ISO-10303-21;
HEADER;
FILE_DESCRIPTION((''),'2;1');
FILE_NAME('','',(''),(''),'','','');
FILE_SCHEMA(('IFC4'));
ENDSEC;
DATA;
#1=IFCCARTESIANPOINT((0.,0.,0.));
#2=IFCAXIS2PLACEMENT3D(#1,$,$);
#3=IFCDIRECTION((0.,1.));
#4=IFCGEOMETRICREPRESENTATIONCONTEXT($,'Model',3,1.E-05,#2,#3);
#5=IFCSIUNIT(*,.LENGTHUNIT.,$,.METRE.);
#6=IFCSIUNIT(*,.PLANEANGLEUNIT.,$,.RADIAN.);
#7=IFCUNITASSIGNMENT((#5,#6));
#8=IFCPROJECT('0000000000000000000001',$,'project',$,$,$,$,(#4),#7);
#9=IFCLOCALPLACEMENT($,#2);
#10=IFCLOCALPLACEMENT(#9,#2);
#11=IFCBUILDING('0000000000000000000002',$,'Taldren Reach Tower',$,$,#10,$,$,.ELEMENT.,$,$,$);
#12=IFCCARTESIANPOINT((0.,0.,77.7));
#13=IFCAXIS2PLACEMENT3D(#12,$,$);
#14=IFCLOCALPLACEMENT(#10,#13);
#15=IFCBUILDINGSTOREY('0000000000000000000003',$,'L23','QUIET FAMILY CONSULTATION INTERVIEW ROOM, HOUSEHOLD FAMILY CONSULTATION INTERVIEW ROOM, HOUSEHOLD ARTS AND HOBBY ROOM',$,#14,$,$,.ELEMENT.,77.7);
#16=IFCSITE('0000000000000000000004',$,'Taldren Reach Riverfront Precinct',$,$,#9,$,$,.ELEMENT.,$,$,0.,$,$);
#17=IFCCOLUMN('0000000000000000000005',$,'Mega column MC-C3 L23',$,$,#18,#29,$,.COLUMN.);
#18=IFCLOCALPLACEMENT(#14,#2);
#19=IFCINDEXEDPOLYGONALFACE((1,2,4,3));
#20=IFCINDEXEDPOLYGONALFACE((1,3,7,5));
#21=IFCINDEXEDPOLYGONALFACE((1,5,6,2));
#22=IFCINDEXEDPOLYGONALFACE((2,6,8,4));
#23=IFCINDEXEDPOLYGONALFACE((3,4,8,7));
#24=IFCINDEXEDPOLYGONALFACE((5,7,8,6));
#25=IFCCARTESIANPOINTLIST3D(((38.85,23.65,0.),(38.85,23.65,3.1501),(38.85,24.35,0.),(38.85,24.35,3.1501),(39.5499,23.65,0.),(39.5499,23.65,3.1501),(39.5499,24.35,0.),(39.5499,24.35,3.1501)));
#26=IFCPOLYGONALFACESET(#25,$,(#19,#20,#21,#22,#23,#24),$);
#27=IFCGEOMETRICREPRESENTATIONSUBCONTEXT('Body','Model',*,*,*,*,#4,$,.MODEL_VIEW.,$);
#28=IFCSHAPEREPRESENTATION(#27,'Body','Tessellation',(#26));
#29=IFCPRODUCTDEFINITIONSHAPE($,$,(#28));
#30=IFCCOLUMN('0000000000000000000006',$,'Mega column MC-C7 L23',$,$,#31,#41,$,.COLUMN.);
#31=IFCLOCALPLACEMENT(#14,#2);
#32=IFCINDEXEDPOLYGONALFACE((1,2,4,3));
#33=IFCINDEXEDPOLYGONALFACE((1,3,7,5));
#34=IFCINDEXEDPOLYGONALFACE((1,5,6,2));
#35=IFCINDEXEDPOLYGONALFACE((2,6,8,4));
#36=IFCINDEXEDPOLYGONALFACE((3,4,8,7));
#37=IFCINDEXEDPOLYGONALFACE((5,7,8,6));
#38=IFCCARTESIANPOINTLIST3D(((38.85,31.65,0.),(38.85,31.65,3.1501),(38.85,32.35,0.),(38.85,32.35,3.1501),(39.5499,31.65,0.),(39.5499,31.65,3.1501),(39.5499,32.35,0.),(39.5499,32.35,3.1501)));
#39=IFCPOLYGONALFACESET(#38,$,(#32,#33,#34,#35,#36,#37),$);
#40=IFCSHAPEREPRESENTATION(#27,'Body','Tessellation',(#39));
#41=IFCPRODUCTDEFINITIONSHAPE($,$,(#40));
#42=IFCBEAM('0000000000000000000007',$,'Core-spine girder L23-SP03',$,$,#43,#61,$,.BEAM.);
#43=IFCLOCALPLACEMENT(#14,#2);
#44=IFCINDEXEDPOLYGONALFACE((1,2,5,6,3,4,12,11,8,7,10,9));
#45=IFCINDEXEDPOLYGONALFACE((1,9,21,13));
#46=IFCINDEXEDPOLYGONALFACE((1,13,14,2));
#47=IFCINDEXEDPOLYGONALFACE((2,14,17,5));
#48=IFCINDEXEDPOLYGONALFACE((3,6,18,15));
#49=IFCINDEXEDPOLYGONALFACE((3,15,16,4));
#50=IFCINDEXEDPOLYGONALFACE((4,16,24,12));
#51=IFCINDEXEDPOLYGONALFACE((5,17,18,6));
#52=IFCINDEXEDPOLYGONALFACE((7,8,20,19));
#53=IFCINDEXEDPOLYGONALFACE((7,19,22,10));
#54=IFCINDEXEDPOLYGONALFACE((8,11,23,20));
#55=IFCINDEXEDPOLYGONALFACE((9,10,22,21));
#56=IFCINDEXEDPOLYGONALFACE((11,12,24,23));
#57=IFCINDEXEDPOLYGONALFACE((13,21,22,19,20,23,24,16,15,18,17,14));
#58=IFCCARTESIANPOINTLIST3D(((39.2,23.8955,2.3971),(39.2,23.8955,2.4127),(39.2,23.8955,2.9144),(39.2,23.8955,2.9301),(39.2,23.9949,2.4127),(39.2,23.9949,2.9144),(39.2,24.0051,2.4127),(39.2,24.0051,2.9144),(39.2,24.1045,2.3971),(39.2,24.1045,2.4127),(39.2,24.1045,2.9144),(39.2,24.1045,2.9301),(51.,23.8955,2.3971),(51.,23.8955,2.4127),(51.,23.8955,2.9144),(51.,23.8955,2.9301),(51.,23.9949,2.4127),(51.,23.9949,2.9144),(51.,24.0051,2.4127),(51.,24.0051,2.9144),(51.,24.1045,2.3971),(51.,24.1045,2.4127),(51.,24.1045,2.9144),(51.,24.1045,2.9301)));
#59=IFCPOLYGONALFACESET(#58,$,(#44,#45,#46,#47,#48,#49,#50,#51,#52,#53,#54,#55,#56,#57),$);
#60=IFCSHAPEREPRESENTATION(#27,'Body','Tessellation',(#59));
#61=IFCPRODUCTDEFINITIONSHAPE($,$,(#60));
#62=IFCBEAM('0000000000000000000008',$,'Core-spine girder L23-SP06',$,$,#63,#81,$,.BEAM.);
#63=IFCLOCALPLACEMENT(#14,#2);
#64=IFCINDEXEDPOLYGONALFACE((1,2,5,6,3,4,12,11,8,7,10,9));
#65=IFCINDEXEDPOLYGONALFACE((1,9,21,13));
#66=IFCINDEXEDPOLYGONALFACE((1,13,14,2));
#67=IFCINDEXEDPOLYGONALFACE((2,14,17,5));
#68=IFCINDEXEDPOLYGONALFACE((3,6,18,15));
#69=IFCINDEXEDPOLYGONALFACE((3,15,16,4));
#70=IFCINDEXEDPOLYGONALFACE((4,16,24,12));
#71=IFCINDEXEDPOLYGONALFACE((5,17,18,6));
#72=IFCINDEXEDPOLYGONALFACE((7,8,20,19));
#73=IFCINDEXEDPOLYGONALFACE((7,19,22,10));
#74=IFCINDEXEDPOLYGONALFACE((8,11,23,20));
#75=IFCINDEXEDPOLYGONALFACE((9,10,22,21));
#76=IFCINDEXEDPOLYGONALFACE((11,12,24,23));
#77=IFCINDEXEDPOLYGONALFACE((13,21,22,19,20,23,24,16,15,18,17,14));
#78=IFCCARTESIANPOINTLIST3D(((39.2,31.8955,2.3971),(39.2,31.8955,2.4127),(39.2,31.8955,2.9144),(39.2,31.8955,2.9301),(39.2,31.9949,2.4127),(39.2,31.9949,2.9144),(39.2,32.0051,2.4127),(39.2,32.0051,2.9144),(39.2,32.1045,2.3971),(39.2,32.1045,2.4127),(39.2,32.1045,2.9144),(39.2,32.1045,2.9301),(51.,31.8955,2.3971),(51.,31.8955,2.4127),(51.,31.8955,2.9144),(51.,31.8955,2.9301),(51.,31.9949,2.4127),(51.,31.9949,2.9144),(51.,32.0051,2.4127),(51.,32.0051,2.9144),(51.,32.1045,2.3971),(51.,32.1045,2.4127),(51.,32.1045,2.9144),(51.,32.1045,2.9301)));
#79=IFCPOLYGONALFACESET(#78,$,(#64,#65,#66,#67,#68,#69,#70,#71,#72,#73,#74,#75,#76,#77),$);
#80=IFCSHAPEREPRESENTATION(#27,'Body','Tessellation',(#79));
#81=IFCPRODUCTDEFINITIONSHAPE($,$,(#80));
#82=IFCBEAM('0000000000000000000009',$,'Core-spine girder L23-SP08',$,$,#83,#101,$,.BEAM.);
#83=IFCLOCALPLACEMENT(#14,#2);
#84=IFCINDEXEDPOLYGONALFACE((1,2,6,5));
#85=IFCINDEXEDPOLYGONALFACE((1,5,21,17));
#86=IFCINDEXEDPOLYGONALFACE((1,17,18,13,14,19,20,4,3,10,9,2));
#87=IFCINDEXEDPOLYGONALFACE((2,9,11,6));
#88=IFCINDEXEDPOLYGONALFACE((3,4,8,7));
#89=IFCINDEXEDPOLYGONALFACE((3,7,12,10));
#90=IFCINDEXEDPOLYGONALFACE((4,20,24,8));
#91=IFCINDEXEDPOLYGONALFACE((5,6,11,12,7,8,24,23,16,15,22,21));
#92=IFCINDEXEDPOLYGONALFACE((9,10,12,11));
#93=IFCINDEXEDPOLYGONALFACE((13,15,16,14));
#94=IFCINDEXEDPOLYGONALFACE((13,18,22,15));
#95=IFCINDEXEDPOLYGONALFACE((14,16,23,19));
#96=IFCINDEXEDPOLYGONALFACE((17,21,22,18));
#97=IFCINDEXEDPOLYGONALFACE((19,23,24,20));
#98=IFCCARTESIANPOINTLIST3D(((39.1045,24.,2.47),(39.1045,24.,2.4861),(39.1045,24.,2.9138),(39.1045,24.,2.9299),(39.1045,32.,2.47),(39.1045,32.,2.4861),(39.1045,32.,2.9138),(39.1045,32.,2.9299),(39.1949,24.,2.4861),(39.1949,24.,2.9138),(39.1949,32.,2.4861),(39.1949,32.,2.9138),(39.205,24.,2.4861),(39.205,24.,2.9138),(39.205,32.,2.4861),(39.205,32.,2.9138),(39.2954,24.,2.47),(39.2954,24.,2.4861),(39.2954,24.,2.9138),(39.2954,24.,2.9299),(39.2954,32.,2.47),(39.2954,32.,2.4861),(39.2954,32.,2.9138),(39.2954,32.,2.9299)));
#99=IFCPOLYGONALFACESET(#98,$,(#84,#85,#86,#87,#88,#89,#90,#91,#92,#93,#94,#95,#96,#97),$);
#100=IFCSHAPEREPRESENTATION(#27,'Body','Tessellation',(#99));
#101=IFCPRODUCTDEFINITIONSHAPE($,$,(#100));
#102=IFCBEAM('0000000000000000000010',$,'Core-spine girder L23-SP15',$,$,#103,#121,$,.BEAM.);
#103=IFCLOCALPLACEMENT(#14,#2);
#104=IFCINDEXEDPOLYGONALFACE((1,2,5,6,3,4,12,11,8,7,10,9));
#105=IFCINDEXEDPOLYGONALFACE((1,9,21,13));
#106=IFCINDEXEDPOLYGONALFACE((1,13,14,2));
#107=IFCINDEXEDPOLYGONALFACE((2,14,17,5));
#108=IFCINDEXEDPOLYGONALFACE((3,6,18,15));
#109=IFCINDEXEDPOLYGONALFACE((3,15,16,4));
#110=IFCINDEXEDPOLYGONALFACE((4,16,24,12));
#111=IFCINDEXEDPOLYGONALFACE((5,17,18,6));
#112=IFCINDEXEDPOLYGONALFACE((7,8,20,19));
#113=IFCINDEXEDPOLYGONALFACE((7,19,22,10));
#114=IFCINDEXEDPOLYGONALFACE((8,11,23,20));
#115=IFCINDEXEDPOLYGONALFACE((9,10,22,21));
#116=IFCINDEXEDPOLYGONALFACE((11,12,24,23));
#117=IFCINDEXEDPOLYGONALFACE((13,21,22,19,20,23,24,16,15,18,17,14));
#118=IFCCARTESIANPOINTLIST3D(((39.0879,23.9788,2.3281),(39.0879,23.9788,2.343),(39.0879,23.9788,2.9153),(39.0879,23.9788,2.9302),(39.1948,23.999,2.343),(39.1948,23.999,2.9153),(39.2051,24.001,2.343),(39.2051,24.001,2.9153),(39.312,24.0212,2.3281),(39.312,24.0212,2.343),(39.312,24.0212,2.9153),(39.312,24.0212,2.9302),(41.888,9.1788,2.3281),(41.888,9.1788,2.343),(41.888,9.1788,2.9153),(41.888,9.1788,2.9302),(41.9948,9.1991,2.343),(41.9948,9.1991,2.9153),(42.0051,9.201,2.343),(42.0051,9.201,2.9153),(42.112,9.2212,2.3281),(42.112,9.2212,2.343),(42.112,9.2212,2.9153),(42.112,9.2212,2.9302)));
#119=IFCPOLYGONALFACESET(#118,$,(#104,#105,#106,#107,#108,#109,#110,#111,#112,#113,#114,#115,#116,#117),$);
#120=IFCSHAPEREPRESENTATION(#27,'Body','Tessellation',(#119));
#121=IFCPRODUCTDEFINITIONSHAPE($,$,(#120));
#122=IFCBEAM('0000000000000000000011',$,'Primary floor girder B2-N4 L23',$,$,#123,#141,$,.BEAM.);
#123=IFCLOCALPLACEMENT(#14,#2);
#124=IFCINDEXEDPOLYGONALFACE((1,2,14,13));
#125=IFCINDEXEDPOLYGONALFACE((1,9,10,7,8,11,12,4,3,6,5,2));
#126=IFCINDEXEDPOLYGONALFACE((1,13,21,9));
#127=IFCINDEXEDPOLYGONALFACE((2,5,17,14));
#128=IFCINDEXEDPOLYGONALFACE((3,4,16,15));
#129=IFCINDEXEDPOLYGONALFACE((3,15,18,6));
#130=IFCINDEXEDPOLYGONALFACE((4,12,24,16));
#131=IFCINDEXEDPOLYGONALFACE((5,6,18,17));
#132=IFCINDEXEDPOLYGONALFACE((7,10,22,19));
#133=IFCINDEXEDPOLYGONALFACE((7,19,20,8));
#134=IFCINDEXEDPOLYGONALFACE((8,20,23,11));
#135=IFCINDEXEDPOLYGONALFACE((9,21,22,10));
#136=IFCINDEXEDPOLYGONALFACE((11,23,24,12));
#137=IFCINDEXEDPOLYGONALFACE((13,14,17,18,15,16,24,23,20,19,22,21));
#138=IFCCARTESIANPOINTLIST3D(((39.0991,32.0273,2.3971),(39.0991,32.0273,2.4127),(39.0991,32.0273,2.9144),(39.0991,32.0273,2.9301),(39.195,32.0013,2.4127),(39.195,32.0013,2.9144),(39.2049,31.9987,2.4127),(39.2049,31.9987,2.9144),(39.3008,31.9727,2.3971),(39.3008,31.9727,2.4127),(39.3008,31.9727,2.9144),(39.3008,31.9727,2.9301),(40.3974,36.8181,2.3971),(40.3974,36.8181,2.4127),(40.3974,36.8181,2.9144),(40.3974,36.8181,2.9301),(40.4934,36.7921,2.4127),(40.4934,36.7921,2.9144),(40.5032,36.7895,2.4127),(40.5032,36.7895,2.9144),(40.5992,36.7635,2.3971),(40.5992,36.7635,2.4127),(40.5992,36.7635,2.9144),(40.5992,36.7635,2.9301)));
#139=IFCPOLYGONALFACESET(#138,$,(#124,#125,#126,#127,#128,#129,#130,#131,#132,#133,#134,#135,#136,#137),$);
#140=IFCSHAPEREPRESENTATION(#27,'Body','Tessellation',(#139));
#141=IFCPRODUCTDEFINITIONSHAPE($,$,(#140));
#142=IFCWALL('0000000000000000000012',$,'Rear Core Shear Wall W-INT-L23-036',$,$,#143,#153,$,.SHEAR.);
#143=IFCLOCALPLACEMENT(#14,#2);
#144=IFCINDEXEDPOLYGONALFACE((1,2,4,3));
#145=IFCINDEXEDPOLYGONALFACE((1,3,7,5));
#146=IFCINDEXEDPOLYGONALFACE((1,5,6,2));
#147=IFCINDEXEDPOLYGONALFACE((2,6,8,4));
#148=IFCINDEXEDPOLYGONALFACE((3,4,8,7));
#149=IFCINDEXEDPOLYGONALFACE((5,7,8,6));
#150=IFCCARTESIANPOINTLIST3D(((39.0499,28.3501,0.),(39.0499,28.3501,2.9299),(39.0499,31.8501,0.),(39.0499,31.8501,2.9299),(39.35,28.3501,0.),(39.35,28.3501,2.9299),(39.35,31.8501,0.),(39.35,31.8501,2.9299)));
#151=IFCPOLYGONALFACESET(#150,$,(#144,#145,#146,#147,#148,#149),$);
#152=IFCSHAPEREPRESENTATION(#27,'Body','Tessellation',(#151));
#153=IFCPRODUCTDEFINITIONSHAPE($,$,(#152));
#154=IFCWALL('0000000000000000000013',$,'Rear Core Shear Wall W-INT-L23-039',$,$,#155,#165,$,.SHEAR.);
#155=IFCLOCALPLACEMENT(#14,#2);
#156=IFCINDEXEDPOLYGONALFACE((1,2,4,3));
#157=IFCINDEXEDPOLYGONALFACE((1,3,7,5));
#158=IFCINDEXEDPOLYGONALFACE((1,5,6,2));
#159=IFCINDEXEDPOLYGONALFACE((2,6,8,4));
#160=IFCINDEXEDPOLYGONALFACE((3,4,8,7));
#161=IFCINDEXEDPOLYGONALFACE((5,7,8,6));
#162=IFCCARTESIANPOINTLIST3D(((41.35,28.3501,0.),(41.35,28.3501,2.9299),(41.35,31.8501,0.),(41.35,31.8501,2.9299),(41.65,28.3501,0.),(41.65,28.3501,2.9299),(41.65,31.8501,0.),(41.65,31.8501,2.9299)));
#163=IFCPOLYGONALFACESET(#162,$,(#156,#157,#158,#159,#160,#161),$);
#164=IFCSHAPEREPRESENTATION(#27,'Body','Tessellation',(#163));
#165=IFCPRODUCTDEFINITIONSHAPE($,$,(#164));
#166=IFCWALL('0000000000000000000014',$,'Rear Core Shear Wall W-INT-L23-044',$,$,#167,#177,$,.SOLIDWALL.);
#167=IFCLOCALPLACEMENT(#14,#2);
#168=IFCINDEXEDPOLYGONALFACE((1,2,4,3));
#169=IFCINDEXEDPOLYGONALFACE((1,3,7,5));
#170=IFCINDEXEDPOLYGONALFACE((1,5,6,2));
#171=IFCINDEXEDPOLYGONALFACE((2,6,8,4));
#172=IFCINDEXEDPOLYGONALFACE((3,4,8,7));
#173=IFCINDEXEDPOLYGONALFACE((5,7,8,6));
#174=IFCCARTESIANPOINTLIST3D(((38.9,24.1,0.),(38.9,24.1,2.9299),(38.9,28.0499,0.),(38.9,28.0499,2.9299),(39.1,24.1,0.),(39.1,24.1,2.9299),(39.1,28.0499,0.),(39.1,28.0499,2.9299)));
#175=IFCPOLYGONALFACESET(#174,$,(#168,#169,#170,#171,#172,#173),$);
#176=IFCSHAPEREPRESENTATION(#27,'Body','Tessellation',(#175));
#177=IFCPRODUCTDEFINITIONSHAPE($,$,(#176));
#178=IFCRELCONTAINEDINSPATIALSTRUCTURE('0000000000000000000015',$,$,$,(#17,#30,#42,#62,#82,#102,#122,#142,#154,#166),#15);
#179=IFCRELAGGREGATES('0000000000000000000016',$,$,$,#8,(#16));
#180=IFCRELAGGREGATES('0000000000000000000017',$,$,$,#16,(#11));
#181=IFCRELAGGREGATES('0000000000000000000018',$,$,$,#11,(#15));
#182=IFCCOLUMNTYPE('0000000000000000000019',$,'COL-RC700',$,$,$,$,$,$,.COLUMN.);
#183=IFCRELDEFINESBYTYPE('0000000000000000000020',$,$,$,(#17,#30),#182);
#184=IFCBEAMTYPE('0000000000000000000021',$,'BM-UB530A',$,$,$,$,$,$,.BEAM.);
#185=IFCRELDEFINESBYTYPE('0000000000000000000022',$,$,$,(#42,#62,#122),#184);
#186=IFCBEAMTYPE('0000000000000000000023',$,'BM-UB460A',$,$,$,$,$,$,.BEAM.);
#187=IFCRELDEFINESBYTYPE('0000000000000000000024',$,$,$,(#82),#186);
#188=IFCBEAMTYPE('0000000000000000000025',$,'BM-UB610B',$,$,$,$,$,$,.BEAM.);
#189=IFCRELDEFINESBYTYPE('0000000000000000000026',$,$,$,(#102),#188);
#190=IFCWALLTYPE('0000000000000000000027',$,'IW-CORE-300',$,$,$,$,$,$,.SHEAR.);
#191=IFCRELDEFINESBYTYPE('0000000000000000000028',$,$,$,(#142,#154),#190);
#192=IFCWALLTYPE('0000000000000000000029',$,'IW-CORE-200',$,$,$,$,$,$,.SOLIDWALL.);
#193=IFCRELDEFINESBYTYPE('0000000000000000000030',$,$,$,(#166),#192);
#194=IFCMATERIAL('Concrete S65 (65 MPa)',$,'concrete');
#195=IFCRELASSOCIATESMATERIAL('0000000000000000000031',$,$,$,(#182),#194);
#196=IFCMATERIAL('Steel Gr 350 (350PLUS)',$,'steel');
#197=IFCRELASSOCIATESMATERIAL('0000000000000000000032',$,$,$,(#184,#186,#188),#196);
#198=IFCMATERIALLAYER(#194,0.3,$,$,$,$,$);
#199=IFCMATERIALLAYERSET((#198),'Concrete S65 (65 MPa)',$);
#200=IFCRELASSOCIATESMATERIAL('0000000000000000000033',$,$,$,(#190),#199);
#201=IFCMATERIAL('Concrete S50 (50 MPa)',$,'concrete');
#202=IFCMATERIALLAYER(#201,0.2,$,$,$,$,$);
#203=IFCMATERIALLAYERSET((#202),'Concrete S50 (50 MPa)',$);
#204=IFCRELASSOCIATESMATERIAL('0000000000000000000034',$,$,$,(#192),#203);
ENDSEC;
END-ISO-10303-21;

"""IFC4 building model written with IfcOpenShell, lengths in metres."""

from ifc_helpers import new_model, si_unit, direction, frame, frame_2d, origin, origin_2d, place, context, subcontext, project, spatial, rectangle, i_section, extrude, source, transform, mapped, material, layer, layer_set, material_profile, profile_set, type_object, element, save


model = new_model("IFC4")

# Units and contexts
model_context = context("Model", 3, precision=1e-05, world=origin(), true_north=direction((0.0, 1.0)))
body_context = subcontext(model_context, "Body", "Model", "MODEL_VIEW")
ifc_project = project(units=[si_unit("LENGTHUNIT", "METRE"), si_unit("PLANEANGLEUNIT", "RADIAN")], contexts=[model_context])

# Site, building, storey
site_placement = place(None, origin())
site = spatial("IfcSite", under=ifc_project, at=site_placement, Name="Taldren Reach Riverfront Precinct", CompositionType="ELEMENT", RefElevation=0.0)
building_placement = place(site_placement, origin())
building = spatial("IfcBuilding", under=site, at=building_placement, Name="Taldren Reach Tower", CompositionType="ELEMENT")
storey_placement = place(building_placement, frame((0.0, 0.0, 77.7)))
storey = spatial("IfcBuildingStorey", under=building, at=storey_placement, Name="L23", Description="QUIET FAMILY CONSULTATION INTERVIEW ROOM, HOUSEHOLD FAMILY CONSULTATION INTERVIEW ROOM, HOUSEHOLD ARTS AND HOBBY ROOM", CompositionType="ELEMENT", Elevation=77.7)

# Columns
ifc_material_1 = material(Name="Concrete S65 (65 MPa)", Category="concrete")
ifc_material_profile_1 = material_profile(ifc_material_1, rectangle(XDim=0.7, YDim=0.7, at=origin_2d()), Name="RC-700x700")
ifc_profile_set_1 = profile_set([ifc_material_profile_1], Name="Concrete S65 (65 MPa)")
column_type = type_object("IfcColumnType", Name="COL-RC700", PredefinedType="COLUMN", material=ifc_profile_set_1)
shared_shape_1 = source(origin(), body_context, "Body", "SweptSolid", [
    extrude(rectangle(XDim=0.7, YDim=0.7, at=origin_2d()), origin(), (0.0, 0.0, 1.0), 3.1501),
])
for number, where, z_axis, x_axis, name in (
    (1, (39.2, 24.0, 0.0), (0.0, 0.0, 1.0), (1.0, 0.0, 0.0), "Mega column MC-C3 L23"),
    (2, (39.2, 32.0, 0.0), (0.0, 0.0, 1.0), (1.0, 0.0, 0.0), "Mega column MC-C7 L23"),
):
    element("IfcColumn", number, at=place(storey_placement, frame(where, z_axis=z_axis, x_axis=x_axis)), inside=storey, type_object=column_type, Name=name, PredefinedType="COLUMN", context=body_context, shape_type="MappedRepresentation", body=[
        mapped(shared_shape_1, transform((0.0, 0.0, 0.0), scale=1.0)),
    ])

# Beams
ifc_material_2 = material(Name="Steel Gr 350 (350PLUS)", Category="steel")
ifc_material_profile_2 = material_profile(ifc_material_2, i_section(OverallWidth=0.209, OverallDepth=0.533, WebThickness=0.0103, FlangeThickness=0.0156, at=origin_2d()), Name="530UB92.4")
ifc_profile_set_2 = profile_set([ifc_material_profile_2], Name="Steel Gr 350 (350PLUS)")
beam_type_1 = type_object("IfcBeamType", Name="BM-UB530A", PredefinedType="BEAM", material=ifc_profile_set_2)
shared_shape_2 = source(origin(), body_context, "Body", "SweptSolid", [
    extrude(i_section(OverallWidth=0.209, OverallDepth=0.533, WebThickness=0.0103, FlangeThickness=0.0156, at=origin_2d()), origin(), (0.0, 0.0, 1.0), 11.8),
])
for number, where, z_axis, x_axis, name in (
    (3, (39.2, 24.0, 2.6636), (1.0, 0.0, 0.0), (0.0, 1.0, 0.0), "Core-spine girder L23-SP03"),
    (4, (39.2, 32.0, 2.6636), (1.0, 0.0, 0.0), (0.0, 1.0, 0.0), "Core-spine girder L23-SP06"),
):
    element("IfcBeam", number, at=place(storey_placement, frame(where, z_axis=z_axis, x_axis=x_axis)), inside=storey, type_object=beam_type_1, Name=name, PredefinedType="BEAM", context=body_context, shape_type="MappedRepresentation", body=[
        mapped(shared_shape_2, transform((0.0, 0.0, 0.0), scale=1.0)),
    ])
ifc_material_profile_3 = material_profile(ifc_material_2, i_section(OverallWidth=0.1909, OverallDepth=0.46, WebThickness=0.01, FlangeThickness=0.0161, at=origin_2d()), Name="460UB82.1")
ifc_profile_set_3 = profile_set([ifc_material_profile_3], Name="Steel Gr 350 (350PLUS)")
beam_type_2 = type_object("IfcBeamType", Name="BM-UB460A", PredefinedType="BEAM", material=ifc_profile_set_3)
shared_shape_3 = source(origin(), body_context, "Body", "SweptSolid", [
    extrude(i_section(OverallWidth=0.1909, OverallDepth=0.46, WebThickness=0.01, FlangeThickness=0.0161, at=origin_2d()), origin(), (0.0, 0.0, 1.0), 8.0),
])
beam_1_placement = place(storey_placement, frame((39.2, 24.0, 2.7), z_axis=(0.0, 1.0, 0.0), x_axis=(-1.0, 0.0, 0.0)))
element("IfcBeam", 5, at=beam_1_placement, inside=storey, type_object=beam_type_2, Name="Core-spine girder L23-SP08", PredefinedType="BEAM", context=body_context, shape_type="MappedRepresentation", body=[
    mapped(shared_shape_3, transform((0.0, 0.0, 0.0), scale=1.0)),
])
ifc_material_profile_4 = material_profile(ifc_material_2, i_section(OverallWidth=0.228, OverallDepth=0.6021, WebThickness=0.0105, FlangeThickness=0.0149, at=origin_2d()), Name="610UB101")
ifc_profile_set_4 = profile_set([ifc_material_profile_4], Name="Steel Gr 350 (350PLUS)")
beam_type_3 = type_object("IfcBeamType", Name="BM-UB610B", PredefinedType="BEAM", material=ifc_profile_set_4)
shared_shape_4 = source(origin(), body_context, "Body", "SweptSolid", [
    extrude(i_section(OverallWidth=0.228, OverallDepth=0.6021, WebThickness=0.0105, FlangeThickness=0.0149, at=origin_2d()), origin(), (0.0, 0.0, 1.0), 15.0625),
])
beam_2_placement = place(storey_placement, frame((39.2, 24.0, 2.6292), z_axis=(0.185894, -0.98257, 0.0), x_axis=(0.98257, 0.185894, 0.0)))
element("IfcBeam", 6, at=beam_2_placement, inside=storey, type_object=beam_type_3, Name="Core-spine girder L23-SP15", PredefinedType="BEAM", context=body_context, shape_type="MappedRepresentation", body=[
    mapped(shared_shape_4, transform((0.0, 0.0, 0.0), scale=1.0)),
])
shared_shape_5 = source(origin(), body_context, "Body", "SweptSolid", [
    extrude(i_section(OverallWidth=0.209, OverallDepth=0.533, WebThickness=0.0103, FlangeThickness=0.0156, at=origin_2d()), origin(), (0.0, 0.0, 1.0), 4.9636),
])
beam_3_placement = place(storey_placement, frame((39.2, 32.0, 2.6636), z_axis=(0.261573, 0.965184, 0.0), x_axis=(-0.965184, 0.261573, 0.0)))
element("IfcBeam", 7, at=beam_3_placement, inside=storey, type_object=beam_type_1, Name="Primary floor girder B2-N4 L23", PredefinedType="BEAM", context=body_context, shape_type="MappedRepresentation", body=[
    mapped(shared_shape_5, transform((0.0, 0.0, 0.0), scale=1.0)),
])

# Walls
ifc_layer_1 = layer(ifc_material_1, 0.3)
ifc_layer_set_1 = layer_set([ifc_layer_1], Name="Concrete S65 (65 MPa)")
wall_type_1 = type_object("IfcWallType", Name="IW-CORE-300", PredefinedType="SHEAR", material=ifc_layer_set_1)
shared_shape_6 = source(origin(), body_context, "Body", "SweptSolid", [
    extrude(rectangle(XDim=3.5, YDim=0.3, at=frame_2d((1.75, 0.0))), origin(), (0.0, 0.0, 1.0), 2.9299),
])
for number, where, z_axis, x_axis, name in (
    (8, (39.2, 28.3501, 0.0), (0.0, 0.0, 1.0), (0.0, 1.0, 0.0), "Rear Core Shear Wall W-INT-L23-036"),
    (9, (41.5, 28.3501, 0.0), (0.0, 0.0, 1.0), (0.0, 1.0, 0.0), "Rear Core Shear Wall W-INT-L23-039"),
):
    element("IfcWall", number, at=place(storey_placement, frame(where, z_axis=z_axis, x_axis=x_axis)), inside=storey, type_object=wall_type_1, Name=name, PredefinedType="SHEAR", context=body_context, shape_type="MappedRepresentation", body=[
        mapped(shared_shape_6, transform((0.0, 0.0, 0.0), scale=1.0)),
    ])
ifc_material_3 = material(Name="Concrete S50 (50 MPa)", Category="concrete")
ifc_layer_2 = layer(ifc_material_3, 0.2)
ifc_layer_set_2 = layer_set([ifc_layer_2], Name="Concrete S50 (50 MPa)")
wall_type_2 = type_object("IfcWallType", Name="IW-CORE-200", PredefinedType="SOLIDWALL", material=ifc_layer_set_2)
shared_shape_7 = source(origin(), body_context, "Body", "SweptSolid", [
    extrude(rectangle(XDim=3.95, YDim=0.2, at=frame_2d((1.9751, 0.0))), origin(), (0.0, 0.0, 1.0), 2.9299),
])
wall_1_placement = place(storey_placement, frame((39.0, 28.05, 0.0), z_axis=(0.0, 0.0, 1.0), x_axis=(0.0, -1.0, 0.0)))
element("IfcWall", 10, at=wall_1_placement, inside=storey, type_object=wall_type_2, Name="Rear Core Shear Wall W-INT-L23-044", PredefinedType="SOLIDWALL", context=body_context, shape_type="MappedRepresentation", body=[
    mapped(shared_shape_7, transform((0.0, 0.0, 0.0), scale=1.0)),
])

save(model, "model.ifc")
